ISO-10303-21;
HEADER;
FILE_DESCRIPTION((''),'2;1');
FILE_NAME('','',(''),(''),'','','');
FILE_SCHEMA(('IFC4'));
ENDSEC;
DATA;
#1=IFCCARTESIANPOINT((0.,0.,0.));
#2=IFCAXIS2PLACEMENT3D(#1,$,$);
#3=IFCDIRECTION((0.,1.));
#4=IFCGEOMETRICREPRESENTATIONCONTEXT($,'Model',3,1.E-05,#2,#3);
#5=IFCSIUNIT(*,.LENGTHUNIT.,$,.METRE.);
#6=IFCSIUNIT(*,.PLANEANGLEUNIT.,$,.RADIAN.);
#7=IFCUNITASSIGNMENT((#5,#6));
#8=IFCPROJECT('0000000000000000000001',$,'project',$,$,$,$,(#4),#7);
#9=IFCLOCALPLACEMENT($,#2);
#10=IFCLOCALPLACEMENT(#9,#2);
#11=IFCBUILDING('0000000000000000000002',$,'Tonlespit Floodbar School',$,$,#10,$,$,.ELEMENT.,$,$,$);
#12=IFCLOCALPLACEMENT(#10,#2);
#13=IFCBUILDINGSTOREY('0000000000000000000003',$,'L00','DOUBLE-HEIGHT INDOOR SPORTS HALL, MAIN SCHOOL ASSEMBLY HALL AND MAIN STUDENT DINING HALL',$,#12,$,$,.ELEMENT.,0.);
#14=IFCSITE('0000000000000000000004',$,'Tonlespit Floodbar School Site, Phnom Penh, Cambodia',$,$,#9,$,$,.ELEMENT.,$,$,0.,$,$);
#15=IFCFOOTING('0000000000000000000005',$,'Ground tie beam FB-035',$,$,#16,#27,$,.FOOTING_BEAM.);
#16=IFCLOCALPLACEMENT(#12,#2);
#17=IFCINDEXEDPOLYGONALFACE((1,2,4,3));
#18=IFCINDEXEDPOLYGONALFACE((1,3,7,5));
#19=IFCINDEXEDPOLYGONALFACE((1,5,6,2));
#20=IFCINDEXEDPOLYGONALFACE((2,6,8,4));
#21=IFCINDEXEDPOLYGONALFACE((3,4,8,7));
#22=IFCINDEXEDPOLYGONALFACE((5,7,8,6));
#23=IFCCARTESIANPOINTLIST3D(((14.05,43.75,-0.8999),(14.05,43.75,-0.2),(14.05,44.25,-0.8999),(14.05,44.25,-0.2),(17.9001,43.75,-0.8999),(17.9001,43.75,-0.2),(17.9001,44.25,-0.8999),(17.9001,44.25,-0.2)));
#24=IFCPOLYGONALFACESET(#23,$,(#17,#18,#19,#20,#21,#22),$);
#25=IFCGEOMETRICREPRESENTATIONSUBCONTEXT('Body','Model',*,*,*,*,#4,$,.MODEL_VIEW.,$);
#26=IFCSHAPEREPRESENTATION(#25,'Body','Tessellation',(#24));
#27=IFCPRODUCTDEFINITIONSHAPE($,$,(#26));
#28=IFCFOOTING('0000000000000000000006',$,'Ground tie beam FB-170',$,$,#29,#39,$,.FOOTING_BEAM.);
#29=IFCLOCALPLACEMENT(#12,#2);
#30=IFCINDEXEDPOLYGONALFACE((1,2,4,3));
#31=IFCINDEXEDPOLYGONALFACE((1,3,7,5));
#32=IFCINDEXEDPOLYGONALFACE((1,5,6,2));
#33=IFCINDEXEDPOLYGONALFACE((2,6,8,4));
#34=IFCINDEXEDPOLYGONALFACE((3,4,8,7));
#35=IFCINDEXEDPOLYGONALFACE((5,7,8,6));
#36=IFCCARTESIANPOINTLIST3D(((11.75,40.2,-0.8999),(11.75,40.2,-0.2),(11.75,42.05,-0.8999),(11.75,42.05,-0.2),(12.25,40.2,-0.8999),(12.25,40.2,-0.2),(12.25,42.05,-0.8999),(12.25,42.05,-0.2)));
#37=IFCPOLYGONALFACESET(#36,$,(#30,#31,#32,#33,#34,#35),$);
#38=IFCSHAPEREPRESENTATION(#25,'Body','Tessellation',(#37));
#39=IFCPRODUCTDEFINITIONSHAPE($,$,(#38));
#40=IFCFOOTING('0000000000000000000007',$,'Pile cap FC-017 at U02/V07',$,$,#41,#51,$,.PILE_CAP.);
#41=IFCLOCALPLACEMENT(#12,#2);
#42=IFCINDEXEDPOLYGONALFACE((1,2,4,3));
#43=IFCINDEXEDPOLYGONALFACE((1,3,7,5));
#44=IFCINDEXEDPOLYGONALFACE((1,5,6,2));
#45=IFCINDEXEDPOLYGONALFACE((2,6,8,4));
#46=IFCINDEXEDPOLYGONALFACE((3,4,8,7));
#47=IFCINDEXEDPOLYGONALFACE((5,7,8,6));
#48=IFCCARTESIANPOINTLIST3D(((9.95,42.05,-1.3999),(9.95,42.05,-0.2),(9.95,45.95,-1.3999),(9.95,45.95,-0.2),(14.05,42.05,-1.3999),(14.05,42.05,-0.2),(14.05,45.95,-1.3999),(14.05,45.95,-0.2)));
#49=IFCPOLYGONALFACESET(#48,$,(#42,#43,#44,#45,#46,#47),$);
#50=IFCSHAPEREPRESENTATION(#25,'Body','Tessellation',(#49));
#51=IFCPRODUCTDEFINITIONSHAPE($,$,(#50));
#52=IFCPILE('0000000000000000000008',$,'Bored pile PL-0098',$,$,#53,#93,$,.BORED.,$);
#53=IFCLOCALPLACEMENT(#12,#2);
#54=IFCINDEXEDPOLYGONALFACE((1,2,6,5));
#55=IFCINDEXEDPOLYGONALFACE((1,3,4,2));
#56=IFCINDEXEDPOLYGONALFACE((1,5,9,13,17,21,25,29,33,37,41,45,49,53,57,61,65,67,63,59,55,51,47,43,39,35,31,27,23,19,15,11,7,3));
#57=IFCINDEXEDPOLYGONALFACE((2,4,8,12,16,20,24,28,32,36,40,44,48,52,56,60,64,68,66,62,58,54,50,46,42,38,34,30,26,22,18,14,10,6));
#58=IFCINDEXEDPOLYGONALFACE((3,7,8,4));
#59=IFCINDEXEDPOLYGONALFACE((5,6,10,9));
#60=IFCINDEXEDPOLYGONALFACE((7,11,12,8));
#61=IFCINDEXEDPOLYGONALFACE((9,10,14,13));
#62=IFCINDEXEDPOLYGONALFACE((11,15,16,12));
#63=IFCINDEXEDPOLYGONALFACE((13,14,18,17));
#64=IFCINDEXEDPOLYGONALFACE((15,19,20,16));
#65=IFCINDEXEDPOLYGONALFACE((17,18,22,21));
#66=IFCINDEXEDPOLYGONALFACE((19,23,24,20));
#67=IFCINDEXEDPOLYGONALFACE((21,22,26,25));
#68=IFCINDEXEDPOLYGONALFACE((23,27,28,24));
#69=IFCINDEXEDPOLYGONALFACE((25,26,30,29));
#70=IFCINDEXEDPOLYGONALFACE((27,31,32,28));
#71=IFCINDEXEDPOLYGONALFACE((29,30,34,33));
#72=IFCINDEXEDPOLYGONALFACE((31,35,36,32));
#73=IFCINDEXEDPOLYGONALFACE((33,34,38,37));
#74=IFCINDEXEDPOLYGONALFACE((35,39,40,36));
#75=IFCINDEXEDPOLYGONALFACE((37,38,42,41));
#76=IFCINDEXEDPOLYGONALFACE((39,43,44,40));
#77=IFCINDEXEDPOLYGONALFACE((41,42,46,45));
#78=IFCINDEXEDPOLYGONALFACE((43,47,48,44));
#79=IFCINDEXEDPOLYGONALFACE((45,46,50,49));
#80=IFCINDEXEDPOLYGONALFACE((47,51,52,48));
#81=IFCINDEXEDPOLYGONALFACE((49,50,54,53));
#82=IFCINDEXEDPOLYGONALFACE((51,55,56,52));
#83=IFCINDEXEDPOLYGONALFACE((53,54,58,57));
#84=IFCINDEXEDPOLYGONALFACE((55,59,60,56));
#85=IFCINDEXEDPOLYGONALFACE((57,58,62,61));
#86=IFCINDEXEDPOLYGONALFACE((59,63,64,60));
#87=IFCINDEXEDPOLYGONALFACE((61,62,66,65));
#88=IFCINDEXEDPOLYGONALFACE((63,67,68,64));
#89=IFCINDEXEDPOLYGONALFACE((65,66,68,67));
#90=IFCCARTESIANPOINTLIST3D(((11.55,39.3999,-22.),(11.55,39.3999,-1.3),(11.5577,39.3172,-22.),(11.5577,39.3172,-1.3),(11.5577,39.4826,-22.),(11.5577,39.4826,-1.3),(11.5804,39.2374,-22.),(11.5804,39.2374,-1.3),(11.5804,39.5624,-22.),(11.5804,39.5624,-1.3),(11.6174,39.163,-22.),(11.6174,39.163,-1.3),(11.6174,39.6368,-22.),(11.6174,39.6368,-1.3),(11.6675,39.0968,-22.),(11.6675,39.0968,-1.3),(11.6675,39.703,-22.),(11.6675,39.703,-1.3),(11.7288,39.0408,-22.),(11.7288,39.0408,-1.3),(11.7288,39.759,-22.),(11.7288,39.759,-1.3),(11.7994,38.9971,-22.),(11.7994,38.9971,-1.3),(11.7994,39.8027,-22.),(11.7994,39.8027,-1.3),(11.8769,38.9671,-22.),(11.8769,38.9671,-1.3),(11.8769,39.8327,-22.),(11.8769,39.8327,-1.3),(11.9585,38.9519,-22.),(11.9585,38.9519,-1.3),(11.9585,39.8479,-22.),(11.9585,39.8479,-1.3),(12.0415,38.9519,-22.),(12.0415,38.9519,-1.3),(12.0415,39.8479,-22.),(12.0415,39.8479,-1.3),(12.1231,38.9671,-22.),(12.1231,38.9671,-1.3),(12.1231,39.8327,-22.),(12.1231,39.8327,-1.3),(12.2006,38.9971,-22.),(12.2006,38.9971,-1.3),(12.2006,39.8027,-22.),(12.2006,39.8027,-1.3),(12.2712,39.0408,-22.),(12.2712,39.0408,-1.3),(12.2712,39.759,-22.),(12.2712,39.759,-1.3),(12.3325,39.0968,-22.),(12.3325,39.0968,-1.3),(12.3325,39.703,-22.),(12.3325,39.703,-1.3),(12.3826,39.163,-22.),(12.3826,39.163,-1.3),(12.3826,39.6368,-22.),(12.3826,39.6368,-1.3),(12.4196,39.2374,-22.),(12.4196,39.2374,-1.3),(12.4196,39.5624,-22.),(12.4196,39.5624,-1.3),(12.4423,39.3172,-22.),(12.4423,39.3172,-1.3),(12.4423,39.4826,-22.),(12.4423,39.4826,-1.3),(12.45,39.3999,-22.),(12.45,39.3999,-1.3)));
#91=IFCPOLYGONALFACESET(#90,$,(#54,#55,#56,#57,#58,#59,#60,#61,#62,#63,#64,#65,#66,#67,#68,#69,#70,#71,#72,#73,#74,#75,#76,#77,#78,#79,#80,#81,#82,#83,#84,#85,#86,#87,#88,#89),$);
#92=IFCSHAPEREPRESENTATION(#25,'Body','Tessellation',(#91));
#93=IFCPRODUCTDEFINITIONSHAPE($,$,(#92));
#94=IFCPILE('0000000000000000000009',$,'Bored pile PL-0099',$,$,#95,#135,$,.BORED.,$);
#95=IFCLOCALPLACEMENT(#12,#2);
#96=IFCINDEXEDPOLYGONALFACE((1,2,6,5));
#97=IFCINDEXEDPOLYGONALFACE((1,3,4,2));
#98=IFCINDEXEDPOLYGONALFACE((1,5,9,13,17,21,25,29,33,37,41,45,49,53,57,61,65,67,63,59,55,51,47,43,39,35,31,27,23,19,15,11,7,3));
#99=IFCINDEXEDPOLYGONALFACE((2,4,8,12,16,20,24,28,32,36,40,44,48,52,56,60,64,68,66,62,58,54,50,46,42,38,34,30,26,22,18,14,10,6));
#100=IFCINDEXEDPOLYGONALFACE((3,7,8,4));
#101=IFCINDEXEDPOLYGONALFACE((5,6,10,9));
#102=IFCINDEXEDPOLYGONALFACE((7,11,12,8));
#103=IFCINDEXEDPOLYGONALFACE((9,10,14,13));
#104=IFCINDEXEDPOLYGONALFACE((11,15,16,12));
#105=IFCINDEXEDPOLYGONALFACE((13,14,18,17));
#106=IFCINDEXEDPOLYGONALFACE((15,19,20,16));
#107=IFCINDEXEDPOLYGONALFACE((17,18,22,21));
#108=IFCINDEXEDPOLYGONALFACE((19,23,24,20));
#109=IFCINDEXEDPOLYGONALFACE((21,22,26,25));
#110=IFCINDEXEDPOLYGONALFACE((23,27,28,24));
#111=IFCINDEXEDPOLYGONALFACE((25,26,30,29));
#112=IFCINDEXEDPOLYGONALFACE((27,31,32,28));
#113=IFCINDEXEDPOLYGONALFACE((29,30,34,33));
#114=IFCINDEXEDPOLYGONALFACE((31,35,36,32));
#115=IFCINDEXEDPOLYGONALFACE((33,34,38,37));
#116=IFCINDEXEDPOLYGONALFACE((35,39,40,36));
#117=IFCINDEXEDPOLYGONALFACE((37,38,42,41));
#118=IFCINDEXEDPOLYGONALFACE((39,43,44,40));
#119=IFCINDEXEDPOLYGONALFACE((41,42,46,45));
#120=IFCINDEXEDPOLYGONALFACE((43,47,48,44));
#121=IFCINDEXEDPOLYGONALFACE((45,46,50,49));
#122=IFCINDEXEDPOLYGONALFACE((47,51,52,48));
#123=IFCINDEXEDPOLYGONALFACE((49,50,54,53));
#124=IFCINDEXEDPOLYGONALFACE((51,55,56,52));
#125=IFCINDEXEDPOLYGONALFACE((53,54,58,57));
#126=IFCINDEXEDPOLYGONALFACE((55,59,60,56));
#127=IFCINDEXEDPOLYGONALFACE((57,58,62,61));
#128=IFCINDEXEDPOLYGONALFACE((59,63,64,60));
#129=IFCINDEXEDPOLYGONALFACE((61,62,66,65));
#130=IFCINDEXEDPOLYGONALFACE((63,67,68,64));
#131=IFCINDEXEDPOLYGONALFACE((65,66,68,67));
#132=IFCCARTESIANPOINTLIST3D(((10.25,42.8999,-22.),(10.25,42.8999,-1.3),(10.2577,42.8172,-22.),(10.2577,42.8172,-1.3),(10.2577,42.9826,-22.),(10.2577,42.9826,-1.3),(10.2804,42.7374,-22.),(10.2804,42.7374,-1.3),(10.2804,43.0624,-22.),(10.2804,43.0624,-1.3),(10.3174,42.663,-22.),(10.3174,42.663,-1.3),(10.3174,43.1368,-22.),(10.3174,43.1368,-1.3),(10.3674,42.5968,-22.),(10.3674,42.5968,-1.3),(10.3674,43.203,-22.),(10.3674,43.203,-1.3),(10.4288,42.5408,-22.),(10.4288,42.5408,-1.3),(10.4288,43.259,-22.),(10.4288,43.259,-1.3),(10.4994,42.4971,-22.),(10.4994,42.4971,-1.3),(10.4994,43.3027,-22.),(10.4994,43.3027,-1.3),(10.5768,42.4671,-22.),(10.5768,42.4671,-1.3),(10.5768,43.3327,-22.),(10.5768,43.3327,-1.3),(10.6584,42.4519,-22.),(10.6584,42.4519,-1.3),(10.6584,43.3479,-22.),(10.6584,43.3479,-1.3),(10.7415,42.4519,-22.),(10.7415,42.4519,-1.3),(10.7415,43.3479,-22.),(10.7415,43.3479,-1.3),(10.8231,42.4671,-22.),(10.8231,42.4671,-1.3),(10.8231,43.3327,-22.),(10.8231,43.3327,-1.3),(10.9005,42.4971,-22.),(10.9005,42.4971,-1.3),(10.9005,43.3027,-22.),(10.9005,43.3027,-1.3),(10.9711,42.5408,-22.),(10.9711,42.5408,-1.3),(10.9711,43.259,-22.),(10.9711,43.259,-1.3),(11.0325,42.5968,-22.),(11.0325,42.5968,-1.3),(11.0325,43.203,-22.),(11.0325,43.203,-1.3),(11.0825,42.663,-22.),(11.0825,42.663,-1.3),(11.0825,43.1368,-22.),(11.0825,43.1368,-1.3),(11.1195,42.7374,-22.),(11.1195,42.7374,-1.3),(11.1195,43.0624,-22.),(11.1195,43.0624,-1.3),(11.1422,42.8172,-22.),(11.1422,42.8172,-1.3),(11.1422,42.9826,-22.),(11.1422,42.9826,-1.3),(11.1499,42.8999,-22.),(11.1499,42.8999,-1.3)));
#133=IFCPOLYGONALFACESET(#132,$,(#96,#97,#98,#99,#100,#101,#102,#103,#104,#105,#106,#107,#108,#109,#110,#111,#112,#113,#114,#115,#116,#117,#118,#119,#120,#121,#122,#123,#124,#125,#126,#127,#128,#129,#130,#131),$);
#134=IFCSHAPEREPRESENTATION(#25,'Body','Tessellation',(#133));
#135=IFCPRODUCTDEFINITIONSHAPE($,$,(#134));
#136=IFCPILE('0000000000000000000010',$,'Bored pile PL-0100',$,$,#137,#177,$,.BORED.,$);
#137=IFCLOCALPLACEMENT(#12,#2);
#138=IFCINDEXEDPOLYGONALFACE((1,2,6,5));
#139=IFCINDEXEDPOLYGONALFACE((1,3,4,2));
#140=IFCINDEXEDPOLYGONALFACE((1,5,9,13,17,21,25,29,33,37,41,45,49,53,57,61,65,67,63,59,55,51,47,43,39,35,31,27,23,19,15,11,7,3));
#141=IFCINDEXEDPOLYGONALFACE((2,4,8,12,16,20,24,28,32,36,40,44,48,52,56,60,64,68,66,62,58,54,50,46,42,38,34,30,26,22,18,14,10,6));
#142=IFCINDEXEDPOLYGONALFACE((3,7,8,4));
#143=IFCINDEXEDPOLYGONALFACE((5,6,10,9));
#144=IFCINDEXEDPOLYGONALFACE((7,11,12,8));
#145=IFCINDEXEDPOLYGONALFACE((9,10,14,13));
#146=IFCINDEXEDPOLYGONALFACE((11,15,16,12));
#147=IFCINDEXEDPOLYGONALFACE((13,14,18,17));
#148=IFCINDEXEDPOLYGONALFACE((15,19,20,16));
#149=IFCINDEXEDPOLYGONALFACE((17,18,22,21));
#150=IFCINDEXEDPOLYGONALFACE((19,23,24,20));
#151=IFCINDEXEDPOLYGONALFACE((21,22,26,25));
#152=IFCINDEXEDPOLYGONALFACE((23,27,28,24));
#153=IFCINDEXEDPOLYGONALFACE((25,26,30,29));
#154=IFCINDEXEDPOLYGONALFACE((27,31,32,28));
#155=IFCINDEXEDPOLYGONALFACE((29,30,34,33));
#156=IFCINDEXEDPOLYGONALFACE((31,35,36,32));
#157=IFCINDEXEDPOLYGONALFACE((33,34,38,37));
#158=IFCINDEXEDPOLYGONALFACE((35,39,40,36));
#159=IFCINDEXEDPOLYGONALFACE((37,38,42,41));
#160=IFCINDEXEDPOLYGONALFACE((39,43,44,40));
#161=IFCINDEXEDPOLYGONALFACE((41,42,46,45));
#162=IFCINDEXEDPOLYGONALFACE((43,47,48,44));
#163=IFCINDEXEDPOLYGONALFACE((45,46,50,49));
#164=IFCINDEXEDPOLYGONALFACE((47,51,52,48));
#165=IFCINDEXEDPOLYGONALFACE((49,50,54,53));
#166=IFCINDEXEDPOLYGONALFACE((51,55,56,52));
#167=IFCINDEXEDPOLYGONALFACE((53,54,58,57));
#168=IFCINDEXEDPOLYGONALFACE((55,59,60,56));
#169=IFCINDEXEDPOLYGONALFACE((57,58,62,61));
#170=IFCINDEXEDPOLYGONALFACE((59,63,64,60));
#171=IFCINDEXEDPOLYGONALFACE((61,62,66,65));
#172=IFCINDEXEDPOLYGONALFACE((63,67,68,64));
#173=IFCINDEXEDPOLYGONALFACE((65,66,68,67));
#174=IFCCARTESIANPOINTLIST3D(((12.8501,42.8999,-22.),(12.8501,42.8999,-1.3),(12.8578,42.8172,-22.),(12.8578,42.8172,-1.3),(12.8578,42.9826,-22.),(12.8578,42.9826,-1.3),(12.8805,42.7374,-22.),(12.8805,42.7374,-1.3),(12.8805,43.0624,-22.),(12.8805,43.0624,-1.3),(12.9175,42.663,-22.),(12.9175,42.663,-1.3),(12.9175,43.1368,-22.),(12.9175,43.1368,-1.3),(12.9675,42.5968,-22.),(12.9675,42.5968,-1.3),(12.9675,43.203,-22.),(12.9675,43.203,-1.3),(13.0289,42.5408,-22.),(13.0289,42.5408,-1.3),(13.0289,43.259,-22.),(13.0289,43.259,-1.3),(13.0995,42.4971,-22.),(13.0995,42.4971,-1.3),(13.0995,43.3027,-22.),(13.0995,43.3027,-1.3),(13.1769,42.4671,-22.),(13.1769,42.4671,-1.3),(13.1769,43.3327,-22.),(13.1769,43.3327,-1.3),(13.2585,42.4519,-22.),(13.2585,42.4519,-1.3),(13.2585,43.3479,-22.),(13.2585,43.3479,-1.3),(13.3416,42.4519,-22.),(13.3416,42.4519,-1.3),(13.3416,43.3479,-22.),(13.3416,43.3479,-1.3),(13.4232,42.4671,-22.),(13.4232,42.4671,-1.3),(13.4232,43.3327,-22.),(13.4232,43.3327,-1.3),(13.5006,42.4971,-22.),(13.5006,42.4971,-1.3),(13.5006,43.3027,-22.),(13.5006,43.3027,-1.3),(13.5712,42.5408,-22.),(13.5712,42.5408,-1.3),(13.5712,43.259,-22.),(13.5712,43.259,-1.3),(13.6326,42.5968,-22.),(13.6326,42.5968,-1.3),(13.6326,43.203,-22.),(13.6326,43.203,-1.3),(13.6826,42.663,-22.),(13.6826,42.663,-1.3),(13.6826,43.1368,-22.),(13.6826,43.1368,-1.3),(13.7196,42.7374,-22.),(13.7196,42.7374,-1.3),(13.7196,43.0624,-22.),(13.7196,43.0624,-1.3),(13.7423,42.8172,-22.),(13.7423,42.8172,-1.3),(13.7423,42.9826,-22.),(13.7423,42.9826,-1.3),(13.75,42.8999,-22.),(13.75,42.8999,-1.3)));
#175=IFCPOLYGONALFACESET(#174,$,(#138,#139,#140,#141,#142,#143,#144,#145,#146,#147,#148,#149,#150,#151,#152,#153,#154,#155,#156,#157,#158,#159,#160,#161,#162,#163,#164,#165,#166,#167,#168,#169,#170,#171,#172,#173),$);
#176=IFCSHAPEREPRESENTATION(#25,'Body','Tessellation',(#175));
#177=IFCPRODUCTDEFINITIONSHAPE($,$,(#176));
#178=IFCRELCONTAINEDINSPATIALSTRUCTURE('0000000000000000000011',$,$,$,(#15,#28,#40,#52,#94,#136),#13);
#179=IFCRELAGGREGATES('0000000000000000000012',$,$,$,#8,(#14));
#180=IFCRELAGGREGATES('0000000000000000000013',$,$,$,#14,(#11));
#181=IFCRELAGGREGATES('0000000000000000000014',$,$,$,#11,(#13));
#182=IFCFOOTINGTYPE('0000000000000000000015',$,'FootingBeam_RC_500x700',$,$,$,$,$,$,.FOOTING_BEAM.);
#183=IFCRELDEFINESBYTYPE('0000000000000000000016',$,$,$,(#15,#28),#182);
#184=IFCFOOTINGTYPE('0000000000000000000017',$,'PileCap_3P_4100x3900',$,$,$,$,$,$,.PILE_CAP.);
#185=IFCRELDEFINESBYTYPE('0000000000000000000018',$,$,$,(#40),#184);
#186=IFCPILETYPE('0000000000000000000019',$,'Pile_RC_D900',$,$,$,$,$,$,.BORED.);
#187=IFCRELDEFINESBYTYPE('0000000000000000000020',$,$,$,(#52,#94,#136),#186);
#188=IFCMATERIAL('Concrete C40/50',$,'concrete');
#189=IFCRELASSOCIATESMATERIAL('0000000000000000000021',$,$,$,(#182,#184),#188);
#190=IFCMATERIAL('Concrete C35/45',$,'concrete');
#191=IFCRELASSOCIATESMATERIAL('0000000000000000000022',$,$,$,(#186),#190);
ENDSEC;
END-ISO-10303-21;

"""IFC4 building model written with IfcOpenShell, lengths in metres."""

from ifc_helpers import new_model, si_unit, direction, frame, origin, origin_2d, place, context, subcontext, project, spatial, rectangle, circle, extrude, material, material_profile, profile_set, type_object, element, save


model = new_model("IFC4")

# Units and contexts
model_context = context("Model", 3, precision=1e-05, world=origin(), true_north=direction((0.0, 1.0)))
body_context = subcontext(model_context, "Body", "Model", "MODEL_VIEW")
ifc_project = project(units=[si_unit("LENGTHUNIT", "METRE"), si_unit("PLANEANGLEUNIT", "RADIAN")], contexts=[model_context])

# Site, building, storey
site_placement = place(None, origin())
site = spatial("IfcSite", under=ifc_project, at=site_placement, Name="Tonlespit Floodbar School Site, Phnom Penh, Cambodia", CompositionType="ELEMENT", RefElevation=0.0)
building_placement = place(site_placement, origin())
building = spatial("IfcBuilding", under=site, at=building_placement, Name="Tonlespit Floodbar School", CompositionType="ELEMENT")
storey_placement = place(building_placement, origin())
storey = spatial("IfcBuildingStorey", under=building, at=storey_placement, Name="L00", Description="DOUBLE-HEIGHT INDOOR SPORTS HALL, MAIN SCHOOL ASSEMBLY HALL AND MAIN STUDENT DINING HALL", CompositionType="ELEMENT", Elevation=0.0)

# Footings
ifc_material_1 = material(Name="Concrete C40/50", Category="concrete")
footing_type_1 = type_object("IfcFootingType", Name="FootingBeam_RC_500x700", PredefinedType="FOOTING_BEAM", material=ifc_material_1)
footing_1_placement = place(storey_placement, frame((15.9751, 44.0, -0.8999), z_axis=(0.0, 0.0, 1.0), x_axis=(1.0, 0.0, 0.0)))
element("IfcFooting", 1, at=footing_1_placement, inside=storey, type_object=footing_type_1, Name="Ground tie beam FB-035", PredefinedType="FOOTING_BEAM", context=body_context, shape_type="SweptSolid", body=[
    extrude(rectangle(XDim=3.8501, YDim=0.5, at=origin_2d()), origin(), (0.0, 0.0, 1.0), 0.7),
])
footing_2_placement = place(storey_placement, frame((12.0, 41.125, -0.8999), z_axis=(0.0, 0.0, 1.0), x_axis=(0.0, 1.0, 0.0)))
element("IfcFooting", 2, at=footing_2_placement, inside=storey, type_object=footing_type_1, Name="Ground tie beam FB-170", PredefinedType="FOOTING_BEAM", context=body_context, shape_type="SweptSolid", body=[
    extrude(rectangle(XDim=1.8501, YDim=0.5, at=origin_2d()), origin(), (0.0, 0.0, 1.0), 0.7),
])
footing_type_2 = type_object("IfcFootingType", Name="PileCap_3P_4100x3900", PredefinedType="PILE_CAP", material=ifc_material_1)
footing_3_placement = place(storey_placement, frame((12.0, 44.0, -1.3999), z_axis=(0.0, 0.0, 1.0), x_axis=(1.0, 0.0, 0.0)))
element("IfcFooting", 3, at=footing_3_placement, inside=storey, type_object=footing_type_2, Name="Pile cap FC-017 at U02/V07", PredefinedType="PILE_CAP", context=body_context, shape_type="SweptSolid", body=[
    extrude(rectangle(XDim=4.1001, YDim=3.8999, at=origin_2d()), origin(), (0.0, 0.0, 1.0), 1.2),
])

# Piles
ifc_material_2 = material(Name="Concrete C35/45", Category="concrete")
ifc_material_profile_1 = material_profile(ifc_material_2, circle(Radius=0.45, at=origin_2d()), Name="BP D900")
ifc_profile_set_1 = profile_set([ifc_material_profile_1], Name="Concrete C35/45")
pile_type = type_object("IfcPileType", Name="Pile_RC_D900", PredefinedType="BORED", material=ifc_profile_set_1)
for number, where, z_axis, x_axis, name in (
    (4, (12.0, 39.3999, -1.3), (0.0, 0.0, -1.0), (1.0, 0.0, 0.0), "Bored pile PL-0098"),
    (5, (10.7, 42.8999, -1.3), (0.0, 0.0, -1.0), (1.0, 0.0, 0.0), "Bored pile PL-0099"),
    (6, (13.3, 42.8999, -1.3), (0.0, 0.0, -1.0), (1.0, 0.0, 0.0), "Bored pile PL-0100"),
):
    element("IfcPile", number, at=place(storey_placement, frame(where, z_axis=z_axis, x_axis=x_axis)), inside=storey, type_object=pile_type, Name=name, PredefinedType="BORED", context=body_context, shape_type="SweptSolid", body=[
        extrude(circle(Radius=0.45, at=origin_2d()), origin(), (0.0, 0.0, 1.0), 20.7),
    ])

save(model, "model.ifc")
